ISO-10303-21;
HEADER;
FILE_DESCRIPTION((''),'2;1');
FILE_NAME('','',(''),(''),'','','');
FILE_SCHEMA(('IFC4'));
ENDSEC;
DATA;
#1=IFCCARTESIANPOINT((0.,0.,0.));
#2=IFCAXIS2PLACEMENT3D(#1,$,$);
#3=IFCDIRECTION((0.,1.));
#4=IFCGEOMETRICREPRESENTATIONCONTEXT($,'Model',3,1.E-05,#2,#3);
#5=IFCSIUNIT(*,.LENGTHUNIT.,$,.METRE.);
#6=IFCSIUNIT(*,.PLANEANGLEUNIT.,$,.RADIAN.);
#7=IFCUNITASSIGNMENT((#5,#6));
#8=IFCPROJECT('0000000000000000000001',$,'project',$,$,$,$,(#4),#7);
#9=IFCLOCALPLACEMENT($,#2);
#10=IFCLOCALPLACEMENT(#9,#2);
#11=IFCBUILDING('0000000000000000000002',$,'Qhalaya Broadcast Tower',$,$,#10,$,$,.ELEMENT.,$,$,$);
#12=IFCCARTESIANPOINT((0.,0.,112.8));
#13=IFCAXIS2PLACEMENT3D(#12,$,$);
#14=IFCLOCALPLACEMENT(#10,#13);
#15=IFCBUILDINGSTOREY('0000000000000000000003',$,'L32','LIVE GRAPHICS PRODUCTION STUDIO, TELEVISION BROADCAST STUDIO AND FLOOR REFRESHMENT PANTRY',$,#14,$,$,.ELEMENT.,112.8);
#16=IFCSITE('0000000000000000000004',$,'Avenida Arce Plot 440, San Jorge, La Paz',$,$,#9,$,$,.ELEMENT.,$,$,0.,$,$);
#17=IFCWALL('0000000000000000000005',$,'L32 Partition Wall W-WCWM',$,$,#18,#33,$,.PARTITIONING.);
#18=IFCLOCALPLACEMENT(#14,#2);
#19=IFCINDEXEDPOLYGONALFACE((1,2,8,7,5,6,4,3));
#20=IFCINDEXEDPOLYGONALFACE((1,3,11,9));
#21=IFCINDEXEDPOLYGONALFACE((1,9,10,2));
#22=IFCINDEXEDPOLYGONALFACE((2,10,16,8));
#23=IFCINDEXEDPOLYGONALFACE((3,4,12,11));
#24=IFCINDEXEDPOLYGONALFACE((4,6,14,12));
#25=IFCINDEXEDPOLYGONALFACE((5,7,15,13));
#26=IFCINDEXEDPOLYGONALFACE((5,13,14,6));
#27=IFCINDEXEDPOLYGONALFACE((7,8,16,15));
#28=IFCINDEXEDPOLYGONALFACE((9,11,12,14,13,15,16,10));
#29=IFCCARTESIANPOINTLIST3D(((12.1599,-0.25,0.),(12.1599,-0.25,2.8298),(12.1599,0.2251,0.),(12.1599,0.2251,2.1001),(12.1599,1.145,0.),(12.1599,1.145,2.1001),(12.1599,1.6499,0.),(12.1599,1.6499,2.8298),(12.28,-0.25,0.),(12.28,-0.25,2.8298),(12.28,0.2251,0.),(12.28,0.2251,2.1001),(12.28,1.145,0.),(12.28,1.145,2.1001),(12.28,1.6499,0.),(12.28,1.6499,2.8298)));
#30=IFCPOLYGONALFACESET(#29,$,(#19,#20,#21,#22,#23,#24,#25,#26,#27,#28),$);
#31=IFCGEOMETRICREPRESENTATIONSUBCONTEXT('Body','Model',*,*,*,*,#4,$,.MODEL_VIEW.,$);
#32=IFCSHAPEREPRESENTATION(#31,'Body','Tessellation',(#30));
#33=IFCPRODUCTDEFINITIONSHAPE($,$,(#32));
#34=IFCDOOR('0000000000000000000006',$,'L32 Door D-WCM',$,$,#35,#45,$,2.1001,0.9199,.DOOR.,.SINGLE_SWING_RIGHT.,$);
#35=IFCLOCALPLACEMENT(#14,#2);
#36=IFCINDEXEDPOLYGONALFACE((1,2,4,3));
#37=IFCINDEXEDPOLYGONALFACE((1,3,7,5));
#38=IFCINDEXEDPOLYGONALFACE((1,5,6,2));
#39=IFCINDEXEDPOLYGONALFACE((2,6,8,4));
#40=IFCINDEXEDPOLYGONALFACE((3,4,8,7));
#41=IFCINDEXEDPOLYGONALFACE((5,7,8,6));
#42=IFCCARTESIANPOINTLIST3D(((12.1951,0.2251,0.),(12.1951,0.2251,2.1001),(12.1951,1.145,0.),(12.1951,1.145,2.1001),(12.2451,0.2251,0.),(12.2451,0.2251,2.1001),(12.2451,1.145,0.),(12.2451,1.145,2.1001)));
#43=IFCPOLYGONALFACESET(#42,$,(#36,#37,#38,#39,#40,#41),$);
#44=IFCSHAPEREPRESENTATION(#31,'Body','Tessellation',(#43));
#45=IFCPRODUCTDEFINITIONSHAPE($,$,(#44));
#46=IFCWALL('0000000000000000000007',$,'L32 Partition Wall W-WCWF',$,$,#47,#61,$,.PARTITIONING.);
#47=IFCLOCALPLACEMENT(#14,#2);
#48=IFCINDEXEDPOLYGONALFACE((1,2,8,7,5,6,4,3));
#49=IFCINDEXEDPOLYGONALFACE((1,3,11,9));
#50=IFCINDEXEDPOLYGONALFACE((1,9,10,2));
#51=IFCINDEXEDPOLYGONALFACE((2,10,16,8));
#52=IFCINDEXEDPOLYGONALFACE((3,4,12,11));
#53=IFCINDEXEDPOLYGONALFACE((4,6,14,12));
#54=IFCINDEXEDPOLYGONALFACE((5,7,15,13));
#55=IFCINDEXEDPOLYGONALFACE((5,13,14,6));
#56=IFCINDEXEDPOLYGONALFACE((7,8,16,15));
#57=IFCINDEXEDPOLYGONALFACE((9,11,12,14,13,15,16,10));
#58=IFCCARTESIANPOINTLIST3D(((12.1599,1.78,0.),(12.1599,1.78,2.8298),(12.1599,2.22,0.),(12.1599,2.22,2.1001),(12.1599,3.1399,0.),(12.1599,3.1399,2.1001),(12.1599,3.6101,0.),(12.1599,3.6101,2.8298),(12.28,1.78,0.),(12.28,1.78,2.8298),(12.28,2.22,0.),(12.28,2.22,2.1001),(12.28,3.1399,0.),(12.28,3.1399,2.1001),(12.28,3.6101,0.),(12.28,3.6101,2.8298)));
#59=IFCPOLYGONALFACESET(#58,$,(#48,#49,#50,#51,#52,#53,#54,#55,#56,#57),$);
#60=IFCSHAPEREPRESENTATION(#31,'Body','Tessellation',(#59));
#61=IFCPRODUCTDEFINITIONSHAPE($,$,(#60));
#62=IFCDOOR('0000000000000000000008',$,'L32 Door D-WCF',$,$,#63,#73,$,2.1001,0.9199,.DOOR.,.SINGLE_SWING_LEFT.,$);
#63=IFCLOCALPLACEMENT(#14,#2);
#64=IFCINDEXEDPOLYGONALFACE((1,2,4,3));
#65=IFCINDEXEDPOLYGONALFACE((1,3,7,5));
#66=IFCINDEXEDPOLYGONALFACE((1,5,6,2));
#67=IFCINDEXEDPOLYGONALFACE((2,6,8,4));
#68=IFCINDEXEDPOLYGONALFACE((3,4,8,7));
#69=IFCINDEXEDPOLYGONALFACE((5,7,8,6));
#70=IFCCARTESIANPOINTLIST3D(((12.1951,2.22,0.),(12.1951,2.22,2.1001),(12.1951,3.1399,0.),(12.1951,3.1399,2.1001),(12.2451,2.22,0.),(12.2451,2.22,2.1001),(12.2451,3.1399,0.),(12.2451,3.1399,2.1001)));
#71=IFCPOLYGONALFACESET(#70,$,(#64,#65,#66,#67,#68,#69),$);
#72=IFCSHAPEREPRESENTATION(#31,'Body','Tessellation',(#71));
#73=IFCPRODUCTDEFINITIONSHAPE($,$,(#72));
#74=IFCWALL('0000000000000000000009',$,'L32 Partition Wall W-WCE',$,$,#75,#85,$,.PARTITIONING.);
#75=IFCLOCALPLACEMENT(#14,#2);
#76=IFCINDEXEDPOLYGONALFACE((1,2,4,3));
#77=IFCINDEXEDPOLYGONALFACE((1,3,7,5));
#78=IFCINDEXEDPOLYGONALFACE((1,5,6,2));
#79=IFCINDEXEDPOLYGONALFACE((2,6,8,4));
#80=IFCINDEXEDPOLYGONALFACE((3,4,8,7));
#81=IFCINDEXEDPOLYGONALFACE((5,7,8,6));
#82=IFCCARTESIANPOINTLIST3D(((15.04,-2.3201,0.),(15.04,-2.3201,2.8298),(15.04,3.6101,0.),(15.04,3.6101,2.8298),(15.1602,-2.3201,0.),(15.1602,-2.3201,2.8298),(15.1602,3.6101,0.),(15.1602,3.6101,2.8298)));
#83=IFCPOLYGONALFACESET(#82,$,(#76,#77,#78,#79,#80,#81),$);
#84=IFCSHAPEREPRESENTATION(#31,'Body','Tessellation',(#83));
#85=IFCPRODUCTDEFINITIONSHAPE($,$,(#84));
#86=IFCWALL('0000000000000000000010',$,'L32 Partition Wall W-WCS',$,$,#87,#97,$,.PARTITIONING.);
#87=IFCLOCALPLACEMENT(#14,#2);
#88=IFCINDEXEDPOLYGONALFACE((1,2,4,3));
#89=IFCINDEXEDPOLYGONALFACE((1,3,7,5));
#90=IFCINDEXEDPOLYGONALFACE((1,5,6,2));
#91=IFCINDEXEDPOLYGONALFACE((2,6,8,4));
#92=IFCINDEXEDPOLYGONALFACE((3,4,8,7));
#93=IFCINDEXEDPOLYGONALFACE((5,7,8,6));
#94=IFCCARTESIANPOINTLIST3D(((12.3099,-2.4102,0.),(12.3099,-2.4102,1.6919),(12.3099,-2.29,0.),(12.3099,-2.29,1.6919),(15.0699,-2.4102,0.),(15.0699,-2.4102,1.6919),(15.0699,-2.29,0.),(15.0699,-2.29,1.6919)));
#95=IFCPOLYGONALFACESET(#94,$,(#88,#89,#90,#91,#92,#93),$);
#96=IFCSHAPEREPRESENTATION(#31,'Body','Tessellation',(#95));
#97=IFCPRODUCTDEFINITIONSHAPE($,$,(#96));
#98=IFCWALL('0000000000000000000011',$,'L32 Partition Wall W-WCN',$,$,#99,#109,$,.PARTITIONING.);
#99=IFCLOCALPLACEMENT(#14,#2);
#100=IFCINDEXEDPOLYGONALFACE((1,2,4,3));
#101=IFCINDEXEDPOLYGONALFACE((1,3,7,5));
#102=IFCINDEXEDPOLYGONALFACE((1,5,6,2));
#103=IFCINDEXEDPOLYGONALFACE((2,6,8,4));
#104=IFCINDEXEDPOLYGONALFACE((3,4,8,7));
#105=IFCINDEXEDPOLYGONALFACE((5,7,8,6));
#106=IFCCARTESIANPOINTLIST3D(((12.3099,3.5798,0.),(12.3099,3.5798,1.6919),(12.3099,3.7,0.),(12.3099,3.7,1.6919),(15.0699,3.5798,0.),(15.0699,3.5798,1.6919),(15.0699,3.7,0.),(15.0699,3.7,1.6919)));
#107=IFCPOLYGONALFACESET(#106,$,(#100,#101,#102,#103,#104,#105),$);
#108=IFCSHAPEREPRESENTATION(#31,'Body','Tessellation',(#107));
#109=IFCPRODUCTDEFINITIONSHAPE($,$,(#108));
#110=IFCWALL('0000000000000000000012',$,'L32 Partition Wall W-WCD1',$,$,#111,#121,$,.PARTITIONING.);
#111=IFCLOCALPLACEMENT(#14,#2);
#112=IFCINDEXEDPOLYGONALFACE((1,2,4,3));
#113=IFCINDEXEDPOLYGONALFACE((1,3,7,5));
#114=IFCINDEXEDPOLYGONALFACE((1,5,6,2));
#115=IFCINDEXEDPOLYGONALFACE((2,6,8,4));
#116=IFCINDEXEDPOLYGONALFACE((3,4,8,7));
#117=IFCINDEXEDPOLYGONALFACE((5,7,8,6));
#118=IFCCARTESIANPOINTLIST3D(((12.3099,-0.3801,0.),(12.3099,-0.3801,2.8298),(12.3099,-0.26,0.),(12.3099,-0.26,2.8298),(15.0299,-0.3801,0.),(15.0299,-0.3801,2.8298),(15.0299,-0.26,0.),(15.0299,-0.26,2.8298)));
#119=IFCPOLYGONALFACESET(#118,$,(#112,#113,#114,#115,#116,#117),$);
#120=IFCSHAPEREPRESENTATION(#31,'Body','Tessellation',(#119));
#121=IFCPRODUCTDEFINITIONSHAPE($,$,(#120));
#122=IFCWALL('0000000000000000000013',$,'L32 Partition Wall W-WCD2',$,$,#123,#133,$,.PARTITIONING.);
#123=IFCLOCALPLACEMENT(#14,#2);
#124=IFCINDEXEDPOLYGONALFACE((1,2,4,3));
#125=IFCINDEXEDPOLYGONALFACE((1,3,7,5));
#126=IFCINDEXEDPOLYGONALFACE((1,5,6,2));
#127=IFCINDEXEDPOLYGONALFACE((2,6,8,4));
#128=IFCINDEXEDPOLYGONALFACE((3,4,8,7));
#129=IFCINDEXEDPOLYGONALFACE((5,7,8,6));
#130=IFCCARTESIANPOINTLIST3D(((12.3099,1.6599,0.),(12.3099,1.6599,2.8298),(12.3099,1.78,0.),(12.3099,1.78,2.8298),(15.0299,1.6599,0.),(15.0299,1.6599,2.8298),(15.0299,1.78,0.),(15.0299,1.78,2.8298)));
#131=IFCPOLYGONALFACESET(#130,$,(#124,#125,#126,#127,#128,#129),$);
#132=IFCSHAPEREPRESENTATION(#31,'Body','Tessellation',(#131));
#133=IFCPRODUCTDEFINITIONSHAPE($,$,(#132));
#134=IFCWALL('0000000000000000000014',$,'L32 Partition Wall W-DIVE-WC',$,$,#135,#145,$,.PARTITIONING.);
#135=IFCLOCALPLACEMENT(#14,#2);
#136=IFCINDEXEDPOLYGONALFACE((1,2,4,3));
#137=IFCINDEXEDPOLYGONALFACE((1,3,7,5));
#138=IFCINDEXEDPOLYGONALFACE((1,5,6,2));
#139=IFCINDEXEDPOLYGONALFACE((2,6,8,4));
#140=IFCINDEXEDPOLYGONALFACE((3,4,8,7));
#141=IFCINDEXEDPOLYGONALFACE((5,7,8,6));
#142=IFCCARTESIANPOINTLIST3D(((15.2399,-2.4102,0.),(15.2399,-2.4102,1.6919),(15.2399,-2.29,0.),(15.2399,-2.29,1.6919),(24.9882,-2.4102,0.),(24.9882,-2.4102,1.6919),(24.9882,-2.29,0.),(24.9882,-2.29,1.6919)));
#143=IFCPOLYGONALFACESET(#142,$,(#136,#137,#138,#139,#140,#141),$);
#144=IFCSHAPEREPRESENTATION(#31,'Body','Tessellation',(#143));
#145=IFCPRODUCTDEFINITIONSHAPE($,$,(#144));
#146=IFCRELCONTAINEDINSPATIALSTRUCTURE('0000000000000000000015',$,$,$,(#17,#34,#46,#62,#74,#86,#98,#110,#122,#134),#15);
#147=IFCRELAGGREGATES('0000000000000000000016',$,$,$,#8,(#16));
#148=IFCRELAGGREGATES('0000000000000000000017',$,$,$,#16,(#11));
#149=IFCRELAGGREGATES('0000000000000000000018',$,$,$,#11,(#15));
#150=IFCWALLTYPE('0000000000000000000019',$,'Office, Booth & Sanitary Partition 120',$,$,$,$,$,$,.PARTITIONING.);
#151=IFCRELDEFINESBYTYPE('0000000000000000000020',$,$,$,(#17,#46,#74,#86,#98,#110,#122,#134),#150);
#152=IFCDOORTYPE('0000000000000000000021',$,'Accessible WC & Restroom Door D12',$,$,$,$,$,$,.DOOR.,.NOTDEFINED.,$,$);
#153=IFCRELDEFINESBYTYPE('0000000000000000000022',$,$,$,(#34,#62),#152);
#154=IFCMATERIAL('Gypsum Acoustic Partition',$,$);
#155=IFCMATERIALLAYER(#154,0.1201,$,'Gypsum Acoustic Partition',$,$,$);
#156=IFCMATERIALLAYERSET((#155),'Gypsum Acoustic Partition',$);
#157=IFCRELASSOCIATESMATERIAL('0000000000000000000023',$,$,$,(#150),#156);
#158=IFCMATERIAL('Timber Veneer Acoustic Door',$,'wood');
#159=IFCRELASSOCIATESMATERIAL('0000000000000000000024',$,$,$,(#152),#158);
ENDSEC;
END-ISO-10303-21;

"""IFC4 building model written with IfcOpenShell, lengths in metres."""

from ifc_helpers import new_model, si_unit, direction, frame, frame_2d, origin, place, context, subcontext, project, spatial, rectangle, extrude, material, layer, layer_set, type_object, element, fill, save


model = new_model("IFC4")

# Units and contexts
model_context = context("Model", 3, precision=1e-05, world=origin(), true_north=direction((0.0, 1.0)))
body_context = subcontext(model_context, "Body", "Model", "MODEL_VIEW")
ifc_project = project(units=[si_unit("LENGTHUNIT", "METRE"), si_unit("PLANEANGLEUNIT", "RADIAN")], contexts=[model_context])

# Site, building, storey
site_placement = place(None, origin())
site = spatial("IfcSite", under=ifc_project, at=site_placement, Name="Avenida Arce Plot 440, San Jorge, La Paz", CompositionType="ELEMENT", RefElevation=0.0)
building_placement = place(site_placement, origin())
building = spatial("IfcBuilding", under=site, at=building_placement, Name="Qhalaya Broadcast Tower", CompositionType="ELEMENT")
storey_placement = place(building_placement, frame((0.0, 0.0, 112.8)))
storey = spatial("IfcBuildingStorey", under=building, at=storey_placement, Name="L32", Description="LIVE GRAPHICS PRODUCTION STUDIO, TELEVISION BROADCAST STUDIO AND FLOOR REFRESHMENT PANTRY", CompositionType="ELEMENT", Elevation=112.8)

# Walls, openings, doors
ifc_material_1 = material(Name="Gypsum Acoustic Partition")
ifc_material_2 = material(Name="Timber Veneer Acoustic Door", Category="wood")
ifc_layer_1 = layer(ifc_material_1, 0.1201, Name="Gypsum Acoustic Partition")
ifc_layer_set_1 = layer_set([ifc_layer_1], Name="Gypsum Acoustic Partition")
wall_type_1 = type_object("IfcWallType", Name="Office, Booth & Sanitary Partition 120", PredefinedType="PARTITIONING", material=ifc_layer_set_1)
door_type_1 = type_object("IfcDoorType", Name="Accessible WC & Restroom Door D12", OperationType="NOTDEFINED", PredefinedType="DOOR", material=ifc_material_2)
wall_1_placement = place(storey_placement, frame((12.22, -0.25, 0.0), z_axis=(0.0, 0.0, 1.0), x_axis=(0.0, 1.0, 0.0)))
wall_1 = element("IfcWall", 1, at=wall_1_placement, inside=storey, type_object=wall_type_1, Name="L32 Partition Wall W-WCWM", PredefinedType="PARTITIONING", context=body_context, shape_type="SweptSolid", body=[
    extrude(rectangle(XDim=1.8999, YDim=0.1201, at=frame_2d((0.95, 0.0))), origin(), (0.0, 0.0, 1.0), 2.8298),
])
opening_1_placement = place(wall_1_placement, frame((0.4751, 0.0, 0.0)))
opening_1 = element("IfcOpeningElement", 2, at=opening_1_placement, cuts=wall_1, PredefinedType="OPENING", context=body_context, shape_type="SweptSolid", body=[
    extrude(rectangle(XDim=0.9199, YDim=2.1001, at=frame_2d((0.46, 1.05))), frame((0.0, 0.072, 0.0), z_axis=(0.0, -1.0, 0.0), x_axis=(1.0, 0.0, 0.0)), (0.0, 0.0, 1.0), 0.144),
])
door_1_placement = place(opening_1_placement, origin())
door_1 = element("IfcDoor", 3, at=door_1_placement, inside=storey, type_object=door_type_1, Name="L32 Door D-WCM", OperationType="SINGLE_SWING_RIGHT", OverallHeight=2.1001, OverallWidth=0.9199, PredefinedType="DOOR", context=body_context, shape_type="SweptSolid", body=[
    extrude(rectangle(XDim=0.9199, YDim=2.1001, at=frame_2d((0.46, 1.05))), frame((0.0, 0.0249, 0.0), z_axis=(0.0, -1.0, 0.0), x_axis=(1.0, 0.0, 0.0)), (0.0, 0.0, 1.0), 0.05),
])
fill(opening_1, door_1)
wall_2_placement = place(storey_placement, frame((12.22, 1.78, 0.0), z_axis=(0.0, 0.0, 1.0), x_axis=(0.0, 1.0, 0.0)))
wall_2 = element("IfcWall", 4, at=wall_2_placement, inside=storey, type_object=wall_type_1, Name="L32 Partition Wall W-WCWF", PredefinedType="PARTITIONING", context=body_context, shape_type="SweptSolid", body=[
    extrude(rectangle(XDim=1.8301, YDim=0.1201, at=frame_2d((0.915, 0.0))), origin(), (0.0, 0.0, 1.0), 2.8298),
])
opening_2_placement = place(wall_2_placement, frame((0.4399, 0.0, 0.0)))
opening_2 = element("IfcOpeningElement", 5, at=opening_2_placement, cuts=wall_2, PredefinedType="OPENING", context=body_context, shape_type="SweptSolid", body=[
    extrude(rectangle(XDim=0.9199, YDim=2.1001, at=frame_2d((0.46, 1.05))), frame((0.0, 0.072, 0.0), z_axis=(0.0, -1.0, 0.0), x_axis=(1.0, 0.0, 0.0)), (0.0, 0.0, 1.0), 0.144),
])
door_2_placement = place(opening_2_placement, origin())
door_2 = element("IfcDoor", 6, at=door_2_placement, inside=storey, type_object=door_type_1, Name="L32 Door D-WCF", OperationType="SINGLE_SWING_LEFT", OverallHeight=2.1001, OverallWidth=0.9199, PredefinedType="DOOR", context=body_context, shape_type="SweptSolid", body=[
    extrude(rectangle(XDim=0.9199, YDim=2.1001, at=frame_2d((0.46, 1.05))), frame((0.0, 0.0249, 0.0), z_axis=(0.0, -1.0, 0.0), x_axis=(1.0, 0.0, 0.0)), (0.0, 0.0, 1.0), 0.05),
])
fill(opening_2, door_2)

# Walls
wall_3_placement = place(storey_placement, frame((15.1001, -2.3201, 0.0), z_axis=(0.0, 0.0, 1.0), x_axis=(0.0, 1.0, 0.0)))
element("IfcWall", 7, at=wall_3_placement, inside=storey, type_object=wall_type_1, Name="L32 Partition Wall W-WCE", PredefinedType="PARTITIONING", context=body_context, shape_type="SweptSolid", body=[
    extrude(rectangle(XDim=5.9302, YDim=0.1201, at=frame_2d((2.9651, 0.0))), origin(), (0.0, 0.0, 1.0), 2.8298),
])
for number, where, z_axis, x_axis, name in (
    (8, (12.3101, -2.3501, 0.0), (0.0, 0.0, 1.0), (1.0, 0.0, 0.0), "L32 Partition Wall W-WCS"),
    (9, (12.3101, 3.6399, 0.0), (0.0, 0.0, 1.0), (1.0, 0.0, 0.0), "L32 Partition Wall W-WCN"),
):
    element("IfcWall", number, at=place(storey_placement, frame(where, z_axis=z_axis, x_axis=x_axis)), inside=storey, type_object=wall_type_1, Name=name, PredefinedType="PARTITIONING", context=body_context, shape_type="SweptSolid", body=[
        extrude(rectangle(XDim=2.76, YDim=0.1201, at=frame_2d((1.3799, 0.0))), origin(), (0.0, 0.0, 1.0), 1.6919),
    ])
for number, where, z_axis, x_axis, name in (
    (10, (12.3101, -0.3201, 0.0), (0.0, 0.0, 1.0), (1.0, 0.0, 0.0), "L32 Partition Wall W-WCD1"),
    (11, (12.3101, 1.72, 0.0), (0.0, 0.0, 1.0), (1.0, 0.0, 0.0), "L32 Partition Wall W-WCD2"),
):
    element("IfcWall", number, at=place(storey_placement, frame(where, z_axis=z_axis, x_axis=x_axis)), inside=storey, type_object=wall_type_1, Name=name, PredefinedType="PARTITIONING", context=body_context, shape_type="SweptSolid", body=[
        extrude(rectangle(XDim=2.72, YDim=0.1201, at=frame_2d((1.3599, 0.0))), origin(), (0.0, 0.0, 1.0), 2.8298),
    ])
wall_4_placement = place(storey_placement, frame((15.24, -2.3501, 0.0), z_axis=(0.0, 0.0, 1.0), x_axis=(1.0, 0.0, 0.0)))
element("IfcWall", 12, at=wall_4_placement, inside=storey, type_object=wall_type_1, Name="L32 Partition Wall W-DIVE-WC", PredefinedType="PARTITIONING", context=body_context, shape_type="SweptSolid", body=[
    extrude(rectangle(XDim=9.7483, YDim=0.1201, at=frame_2d((4.874, 0.0))), origin(), (0.0, 0.0, 1.0), 1.6919),
])

save(model, "model.ifc")
